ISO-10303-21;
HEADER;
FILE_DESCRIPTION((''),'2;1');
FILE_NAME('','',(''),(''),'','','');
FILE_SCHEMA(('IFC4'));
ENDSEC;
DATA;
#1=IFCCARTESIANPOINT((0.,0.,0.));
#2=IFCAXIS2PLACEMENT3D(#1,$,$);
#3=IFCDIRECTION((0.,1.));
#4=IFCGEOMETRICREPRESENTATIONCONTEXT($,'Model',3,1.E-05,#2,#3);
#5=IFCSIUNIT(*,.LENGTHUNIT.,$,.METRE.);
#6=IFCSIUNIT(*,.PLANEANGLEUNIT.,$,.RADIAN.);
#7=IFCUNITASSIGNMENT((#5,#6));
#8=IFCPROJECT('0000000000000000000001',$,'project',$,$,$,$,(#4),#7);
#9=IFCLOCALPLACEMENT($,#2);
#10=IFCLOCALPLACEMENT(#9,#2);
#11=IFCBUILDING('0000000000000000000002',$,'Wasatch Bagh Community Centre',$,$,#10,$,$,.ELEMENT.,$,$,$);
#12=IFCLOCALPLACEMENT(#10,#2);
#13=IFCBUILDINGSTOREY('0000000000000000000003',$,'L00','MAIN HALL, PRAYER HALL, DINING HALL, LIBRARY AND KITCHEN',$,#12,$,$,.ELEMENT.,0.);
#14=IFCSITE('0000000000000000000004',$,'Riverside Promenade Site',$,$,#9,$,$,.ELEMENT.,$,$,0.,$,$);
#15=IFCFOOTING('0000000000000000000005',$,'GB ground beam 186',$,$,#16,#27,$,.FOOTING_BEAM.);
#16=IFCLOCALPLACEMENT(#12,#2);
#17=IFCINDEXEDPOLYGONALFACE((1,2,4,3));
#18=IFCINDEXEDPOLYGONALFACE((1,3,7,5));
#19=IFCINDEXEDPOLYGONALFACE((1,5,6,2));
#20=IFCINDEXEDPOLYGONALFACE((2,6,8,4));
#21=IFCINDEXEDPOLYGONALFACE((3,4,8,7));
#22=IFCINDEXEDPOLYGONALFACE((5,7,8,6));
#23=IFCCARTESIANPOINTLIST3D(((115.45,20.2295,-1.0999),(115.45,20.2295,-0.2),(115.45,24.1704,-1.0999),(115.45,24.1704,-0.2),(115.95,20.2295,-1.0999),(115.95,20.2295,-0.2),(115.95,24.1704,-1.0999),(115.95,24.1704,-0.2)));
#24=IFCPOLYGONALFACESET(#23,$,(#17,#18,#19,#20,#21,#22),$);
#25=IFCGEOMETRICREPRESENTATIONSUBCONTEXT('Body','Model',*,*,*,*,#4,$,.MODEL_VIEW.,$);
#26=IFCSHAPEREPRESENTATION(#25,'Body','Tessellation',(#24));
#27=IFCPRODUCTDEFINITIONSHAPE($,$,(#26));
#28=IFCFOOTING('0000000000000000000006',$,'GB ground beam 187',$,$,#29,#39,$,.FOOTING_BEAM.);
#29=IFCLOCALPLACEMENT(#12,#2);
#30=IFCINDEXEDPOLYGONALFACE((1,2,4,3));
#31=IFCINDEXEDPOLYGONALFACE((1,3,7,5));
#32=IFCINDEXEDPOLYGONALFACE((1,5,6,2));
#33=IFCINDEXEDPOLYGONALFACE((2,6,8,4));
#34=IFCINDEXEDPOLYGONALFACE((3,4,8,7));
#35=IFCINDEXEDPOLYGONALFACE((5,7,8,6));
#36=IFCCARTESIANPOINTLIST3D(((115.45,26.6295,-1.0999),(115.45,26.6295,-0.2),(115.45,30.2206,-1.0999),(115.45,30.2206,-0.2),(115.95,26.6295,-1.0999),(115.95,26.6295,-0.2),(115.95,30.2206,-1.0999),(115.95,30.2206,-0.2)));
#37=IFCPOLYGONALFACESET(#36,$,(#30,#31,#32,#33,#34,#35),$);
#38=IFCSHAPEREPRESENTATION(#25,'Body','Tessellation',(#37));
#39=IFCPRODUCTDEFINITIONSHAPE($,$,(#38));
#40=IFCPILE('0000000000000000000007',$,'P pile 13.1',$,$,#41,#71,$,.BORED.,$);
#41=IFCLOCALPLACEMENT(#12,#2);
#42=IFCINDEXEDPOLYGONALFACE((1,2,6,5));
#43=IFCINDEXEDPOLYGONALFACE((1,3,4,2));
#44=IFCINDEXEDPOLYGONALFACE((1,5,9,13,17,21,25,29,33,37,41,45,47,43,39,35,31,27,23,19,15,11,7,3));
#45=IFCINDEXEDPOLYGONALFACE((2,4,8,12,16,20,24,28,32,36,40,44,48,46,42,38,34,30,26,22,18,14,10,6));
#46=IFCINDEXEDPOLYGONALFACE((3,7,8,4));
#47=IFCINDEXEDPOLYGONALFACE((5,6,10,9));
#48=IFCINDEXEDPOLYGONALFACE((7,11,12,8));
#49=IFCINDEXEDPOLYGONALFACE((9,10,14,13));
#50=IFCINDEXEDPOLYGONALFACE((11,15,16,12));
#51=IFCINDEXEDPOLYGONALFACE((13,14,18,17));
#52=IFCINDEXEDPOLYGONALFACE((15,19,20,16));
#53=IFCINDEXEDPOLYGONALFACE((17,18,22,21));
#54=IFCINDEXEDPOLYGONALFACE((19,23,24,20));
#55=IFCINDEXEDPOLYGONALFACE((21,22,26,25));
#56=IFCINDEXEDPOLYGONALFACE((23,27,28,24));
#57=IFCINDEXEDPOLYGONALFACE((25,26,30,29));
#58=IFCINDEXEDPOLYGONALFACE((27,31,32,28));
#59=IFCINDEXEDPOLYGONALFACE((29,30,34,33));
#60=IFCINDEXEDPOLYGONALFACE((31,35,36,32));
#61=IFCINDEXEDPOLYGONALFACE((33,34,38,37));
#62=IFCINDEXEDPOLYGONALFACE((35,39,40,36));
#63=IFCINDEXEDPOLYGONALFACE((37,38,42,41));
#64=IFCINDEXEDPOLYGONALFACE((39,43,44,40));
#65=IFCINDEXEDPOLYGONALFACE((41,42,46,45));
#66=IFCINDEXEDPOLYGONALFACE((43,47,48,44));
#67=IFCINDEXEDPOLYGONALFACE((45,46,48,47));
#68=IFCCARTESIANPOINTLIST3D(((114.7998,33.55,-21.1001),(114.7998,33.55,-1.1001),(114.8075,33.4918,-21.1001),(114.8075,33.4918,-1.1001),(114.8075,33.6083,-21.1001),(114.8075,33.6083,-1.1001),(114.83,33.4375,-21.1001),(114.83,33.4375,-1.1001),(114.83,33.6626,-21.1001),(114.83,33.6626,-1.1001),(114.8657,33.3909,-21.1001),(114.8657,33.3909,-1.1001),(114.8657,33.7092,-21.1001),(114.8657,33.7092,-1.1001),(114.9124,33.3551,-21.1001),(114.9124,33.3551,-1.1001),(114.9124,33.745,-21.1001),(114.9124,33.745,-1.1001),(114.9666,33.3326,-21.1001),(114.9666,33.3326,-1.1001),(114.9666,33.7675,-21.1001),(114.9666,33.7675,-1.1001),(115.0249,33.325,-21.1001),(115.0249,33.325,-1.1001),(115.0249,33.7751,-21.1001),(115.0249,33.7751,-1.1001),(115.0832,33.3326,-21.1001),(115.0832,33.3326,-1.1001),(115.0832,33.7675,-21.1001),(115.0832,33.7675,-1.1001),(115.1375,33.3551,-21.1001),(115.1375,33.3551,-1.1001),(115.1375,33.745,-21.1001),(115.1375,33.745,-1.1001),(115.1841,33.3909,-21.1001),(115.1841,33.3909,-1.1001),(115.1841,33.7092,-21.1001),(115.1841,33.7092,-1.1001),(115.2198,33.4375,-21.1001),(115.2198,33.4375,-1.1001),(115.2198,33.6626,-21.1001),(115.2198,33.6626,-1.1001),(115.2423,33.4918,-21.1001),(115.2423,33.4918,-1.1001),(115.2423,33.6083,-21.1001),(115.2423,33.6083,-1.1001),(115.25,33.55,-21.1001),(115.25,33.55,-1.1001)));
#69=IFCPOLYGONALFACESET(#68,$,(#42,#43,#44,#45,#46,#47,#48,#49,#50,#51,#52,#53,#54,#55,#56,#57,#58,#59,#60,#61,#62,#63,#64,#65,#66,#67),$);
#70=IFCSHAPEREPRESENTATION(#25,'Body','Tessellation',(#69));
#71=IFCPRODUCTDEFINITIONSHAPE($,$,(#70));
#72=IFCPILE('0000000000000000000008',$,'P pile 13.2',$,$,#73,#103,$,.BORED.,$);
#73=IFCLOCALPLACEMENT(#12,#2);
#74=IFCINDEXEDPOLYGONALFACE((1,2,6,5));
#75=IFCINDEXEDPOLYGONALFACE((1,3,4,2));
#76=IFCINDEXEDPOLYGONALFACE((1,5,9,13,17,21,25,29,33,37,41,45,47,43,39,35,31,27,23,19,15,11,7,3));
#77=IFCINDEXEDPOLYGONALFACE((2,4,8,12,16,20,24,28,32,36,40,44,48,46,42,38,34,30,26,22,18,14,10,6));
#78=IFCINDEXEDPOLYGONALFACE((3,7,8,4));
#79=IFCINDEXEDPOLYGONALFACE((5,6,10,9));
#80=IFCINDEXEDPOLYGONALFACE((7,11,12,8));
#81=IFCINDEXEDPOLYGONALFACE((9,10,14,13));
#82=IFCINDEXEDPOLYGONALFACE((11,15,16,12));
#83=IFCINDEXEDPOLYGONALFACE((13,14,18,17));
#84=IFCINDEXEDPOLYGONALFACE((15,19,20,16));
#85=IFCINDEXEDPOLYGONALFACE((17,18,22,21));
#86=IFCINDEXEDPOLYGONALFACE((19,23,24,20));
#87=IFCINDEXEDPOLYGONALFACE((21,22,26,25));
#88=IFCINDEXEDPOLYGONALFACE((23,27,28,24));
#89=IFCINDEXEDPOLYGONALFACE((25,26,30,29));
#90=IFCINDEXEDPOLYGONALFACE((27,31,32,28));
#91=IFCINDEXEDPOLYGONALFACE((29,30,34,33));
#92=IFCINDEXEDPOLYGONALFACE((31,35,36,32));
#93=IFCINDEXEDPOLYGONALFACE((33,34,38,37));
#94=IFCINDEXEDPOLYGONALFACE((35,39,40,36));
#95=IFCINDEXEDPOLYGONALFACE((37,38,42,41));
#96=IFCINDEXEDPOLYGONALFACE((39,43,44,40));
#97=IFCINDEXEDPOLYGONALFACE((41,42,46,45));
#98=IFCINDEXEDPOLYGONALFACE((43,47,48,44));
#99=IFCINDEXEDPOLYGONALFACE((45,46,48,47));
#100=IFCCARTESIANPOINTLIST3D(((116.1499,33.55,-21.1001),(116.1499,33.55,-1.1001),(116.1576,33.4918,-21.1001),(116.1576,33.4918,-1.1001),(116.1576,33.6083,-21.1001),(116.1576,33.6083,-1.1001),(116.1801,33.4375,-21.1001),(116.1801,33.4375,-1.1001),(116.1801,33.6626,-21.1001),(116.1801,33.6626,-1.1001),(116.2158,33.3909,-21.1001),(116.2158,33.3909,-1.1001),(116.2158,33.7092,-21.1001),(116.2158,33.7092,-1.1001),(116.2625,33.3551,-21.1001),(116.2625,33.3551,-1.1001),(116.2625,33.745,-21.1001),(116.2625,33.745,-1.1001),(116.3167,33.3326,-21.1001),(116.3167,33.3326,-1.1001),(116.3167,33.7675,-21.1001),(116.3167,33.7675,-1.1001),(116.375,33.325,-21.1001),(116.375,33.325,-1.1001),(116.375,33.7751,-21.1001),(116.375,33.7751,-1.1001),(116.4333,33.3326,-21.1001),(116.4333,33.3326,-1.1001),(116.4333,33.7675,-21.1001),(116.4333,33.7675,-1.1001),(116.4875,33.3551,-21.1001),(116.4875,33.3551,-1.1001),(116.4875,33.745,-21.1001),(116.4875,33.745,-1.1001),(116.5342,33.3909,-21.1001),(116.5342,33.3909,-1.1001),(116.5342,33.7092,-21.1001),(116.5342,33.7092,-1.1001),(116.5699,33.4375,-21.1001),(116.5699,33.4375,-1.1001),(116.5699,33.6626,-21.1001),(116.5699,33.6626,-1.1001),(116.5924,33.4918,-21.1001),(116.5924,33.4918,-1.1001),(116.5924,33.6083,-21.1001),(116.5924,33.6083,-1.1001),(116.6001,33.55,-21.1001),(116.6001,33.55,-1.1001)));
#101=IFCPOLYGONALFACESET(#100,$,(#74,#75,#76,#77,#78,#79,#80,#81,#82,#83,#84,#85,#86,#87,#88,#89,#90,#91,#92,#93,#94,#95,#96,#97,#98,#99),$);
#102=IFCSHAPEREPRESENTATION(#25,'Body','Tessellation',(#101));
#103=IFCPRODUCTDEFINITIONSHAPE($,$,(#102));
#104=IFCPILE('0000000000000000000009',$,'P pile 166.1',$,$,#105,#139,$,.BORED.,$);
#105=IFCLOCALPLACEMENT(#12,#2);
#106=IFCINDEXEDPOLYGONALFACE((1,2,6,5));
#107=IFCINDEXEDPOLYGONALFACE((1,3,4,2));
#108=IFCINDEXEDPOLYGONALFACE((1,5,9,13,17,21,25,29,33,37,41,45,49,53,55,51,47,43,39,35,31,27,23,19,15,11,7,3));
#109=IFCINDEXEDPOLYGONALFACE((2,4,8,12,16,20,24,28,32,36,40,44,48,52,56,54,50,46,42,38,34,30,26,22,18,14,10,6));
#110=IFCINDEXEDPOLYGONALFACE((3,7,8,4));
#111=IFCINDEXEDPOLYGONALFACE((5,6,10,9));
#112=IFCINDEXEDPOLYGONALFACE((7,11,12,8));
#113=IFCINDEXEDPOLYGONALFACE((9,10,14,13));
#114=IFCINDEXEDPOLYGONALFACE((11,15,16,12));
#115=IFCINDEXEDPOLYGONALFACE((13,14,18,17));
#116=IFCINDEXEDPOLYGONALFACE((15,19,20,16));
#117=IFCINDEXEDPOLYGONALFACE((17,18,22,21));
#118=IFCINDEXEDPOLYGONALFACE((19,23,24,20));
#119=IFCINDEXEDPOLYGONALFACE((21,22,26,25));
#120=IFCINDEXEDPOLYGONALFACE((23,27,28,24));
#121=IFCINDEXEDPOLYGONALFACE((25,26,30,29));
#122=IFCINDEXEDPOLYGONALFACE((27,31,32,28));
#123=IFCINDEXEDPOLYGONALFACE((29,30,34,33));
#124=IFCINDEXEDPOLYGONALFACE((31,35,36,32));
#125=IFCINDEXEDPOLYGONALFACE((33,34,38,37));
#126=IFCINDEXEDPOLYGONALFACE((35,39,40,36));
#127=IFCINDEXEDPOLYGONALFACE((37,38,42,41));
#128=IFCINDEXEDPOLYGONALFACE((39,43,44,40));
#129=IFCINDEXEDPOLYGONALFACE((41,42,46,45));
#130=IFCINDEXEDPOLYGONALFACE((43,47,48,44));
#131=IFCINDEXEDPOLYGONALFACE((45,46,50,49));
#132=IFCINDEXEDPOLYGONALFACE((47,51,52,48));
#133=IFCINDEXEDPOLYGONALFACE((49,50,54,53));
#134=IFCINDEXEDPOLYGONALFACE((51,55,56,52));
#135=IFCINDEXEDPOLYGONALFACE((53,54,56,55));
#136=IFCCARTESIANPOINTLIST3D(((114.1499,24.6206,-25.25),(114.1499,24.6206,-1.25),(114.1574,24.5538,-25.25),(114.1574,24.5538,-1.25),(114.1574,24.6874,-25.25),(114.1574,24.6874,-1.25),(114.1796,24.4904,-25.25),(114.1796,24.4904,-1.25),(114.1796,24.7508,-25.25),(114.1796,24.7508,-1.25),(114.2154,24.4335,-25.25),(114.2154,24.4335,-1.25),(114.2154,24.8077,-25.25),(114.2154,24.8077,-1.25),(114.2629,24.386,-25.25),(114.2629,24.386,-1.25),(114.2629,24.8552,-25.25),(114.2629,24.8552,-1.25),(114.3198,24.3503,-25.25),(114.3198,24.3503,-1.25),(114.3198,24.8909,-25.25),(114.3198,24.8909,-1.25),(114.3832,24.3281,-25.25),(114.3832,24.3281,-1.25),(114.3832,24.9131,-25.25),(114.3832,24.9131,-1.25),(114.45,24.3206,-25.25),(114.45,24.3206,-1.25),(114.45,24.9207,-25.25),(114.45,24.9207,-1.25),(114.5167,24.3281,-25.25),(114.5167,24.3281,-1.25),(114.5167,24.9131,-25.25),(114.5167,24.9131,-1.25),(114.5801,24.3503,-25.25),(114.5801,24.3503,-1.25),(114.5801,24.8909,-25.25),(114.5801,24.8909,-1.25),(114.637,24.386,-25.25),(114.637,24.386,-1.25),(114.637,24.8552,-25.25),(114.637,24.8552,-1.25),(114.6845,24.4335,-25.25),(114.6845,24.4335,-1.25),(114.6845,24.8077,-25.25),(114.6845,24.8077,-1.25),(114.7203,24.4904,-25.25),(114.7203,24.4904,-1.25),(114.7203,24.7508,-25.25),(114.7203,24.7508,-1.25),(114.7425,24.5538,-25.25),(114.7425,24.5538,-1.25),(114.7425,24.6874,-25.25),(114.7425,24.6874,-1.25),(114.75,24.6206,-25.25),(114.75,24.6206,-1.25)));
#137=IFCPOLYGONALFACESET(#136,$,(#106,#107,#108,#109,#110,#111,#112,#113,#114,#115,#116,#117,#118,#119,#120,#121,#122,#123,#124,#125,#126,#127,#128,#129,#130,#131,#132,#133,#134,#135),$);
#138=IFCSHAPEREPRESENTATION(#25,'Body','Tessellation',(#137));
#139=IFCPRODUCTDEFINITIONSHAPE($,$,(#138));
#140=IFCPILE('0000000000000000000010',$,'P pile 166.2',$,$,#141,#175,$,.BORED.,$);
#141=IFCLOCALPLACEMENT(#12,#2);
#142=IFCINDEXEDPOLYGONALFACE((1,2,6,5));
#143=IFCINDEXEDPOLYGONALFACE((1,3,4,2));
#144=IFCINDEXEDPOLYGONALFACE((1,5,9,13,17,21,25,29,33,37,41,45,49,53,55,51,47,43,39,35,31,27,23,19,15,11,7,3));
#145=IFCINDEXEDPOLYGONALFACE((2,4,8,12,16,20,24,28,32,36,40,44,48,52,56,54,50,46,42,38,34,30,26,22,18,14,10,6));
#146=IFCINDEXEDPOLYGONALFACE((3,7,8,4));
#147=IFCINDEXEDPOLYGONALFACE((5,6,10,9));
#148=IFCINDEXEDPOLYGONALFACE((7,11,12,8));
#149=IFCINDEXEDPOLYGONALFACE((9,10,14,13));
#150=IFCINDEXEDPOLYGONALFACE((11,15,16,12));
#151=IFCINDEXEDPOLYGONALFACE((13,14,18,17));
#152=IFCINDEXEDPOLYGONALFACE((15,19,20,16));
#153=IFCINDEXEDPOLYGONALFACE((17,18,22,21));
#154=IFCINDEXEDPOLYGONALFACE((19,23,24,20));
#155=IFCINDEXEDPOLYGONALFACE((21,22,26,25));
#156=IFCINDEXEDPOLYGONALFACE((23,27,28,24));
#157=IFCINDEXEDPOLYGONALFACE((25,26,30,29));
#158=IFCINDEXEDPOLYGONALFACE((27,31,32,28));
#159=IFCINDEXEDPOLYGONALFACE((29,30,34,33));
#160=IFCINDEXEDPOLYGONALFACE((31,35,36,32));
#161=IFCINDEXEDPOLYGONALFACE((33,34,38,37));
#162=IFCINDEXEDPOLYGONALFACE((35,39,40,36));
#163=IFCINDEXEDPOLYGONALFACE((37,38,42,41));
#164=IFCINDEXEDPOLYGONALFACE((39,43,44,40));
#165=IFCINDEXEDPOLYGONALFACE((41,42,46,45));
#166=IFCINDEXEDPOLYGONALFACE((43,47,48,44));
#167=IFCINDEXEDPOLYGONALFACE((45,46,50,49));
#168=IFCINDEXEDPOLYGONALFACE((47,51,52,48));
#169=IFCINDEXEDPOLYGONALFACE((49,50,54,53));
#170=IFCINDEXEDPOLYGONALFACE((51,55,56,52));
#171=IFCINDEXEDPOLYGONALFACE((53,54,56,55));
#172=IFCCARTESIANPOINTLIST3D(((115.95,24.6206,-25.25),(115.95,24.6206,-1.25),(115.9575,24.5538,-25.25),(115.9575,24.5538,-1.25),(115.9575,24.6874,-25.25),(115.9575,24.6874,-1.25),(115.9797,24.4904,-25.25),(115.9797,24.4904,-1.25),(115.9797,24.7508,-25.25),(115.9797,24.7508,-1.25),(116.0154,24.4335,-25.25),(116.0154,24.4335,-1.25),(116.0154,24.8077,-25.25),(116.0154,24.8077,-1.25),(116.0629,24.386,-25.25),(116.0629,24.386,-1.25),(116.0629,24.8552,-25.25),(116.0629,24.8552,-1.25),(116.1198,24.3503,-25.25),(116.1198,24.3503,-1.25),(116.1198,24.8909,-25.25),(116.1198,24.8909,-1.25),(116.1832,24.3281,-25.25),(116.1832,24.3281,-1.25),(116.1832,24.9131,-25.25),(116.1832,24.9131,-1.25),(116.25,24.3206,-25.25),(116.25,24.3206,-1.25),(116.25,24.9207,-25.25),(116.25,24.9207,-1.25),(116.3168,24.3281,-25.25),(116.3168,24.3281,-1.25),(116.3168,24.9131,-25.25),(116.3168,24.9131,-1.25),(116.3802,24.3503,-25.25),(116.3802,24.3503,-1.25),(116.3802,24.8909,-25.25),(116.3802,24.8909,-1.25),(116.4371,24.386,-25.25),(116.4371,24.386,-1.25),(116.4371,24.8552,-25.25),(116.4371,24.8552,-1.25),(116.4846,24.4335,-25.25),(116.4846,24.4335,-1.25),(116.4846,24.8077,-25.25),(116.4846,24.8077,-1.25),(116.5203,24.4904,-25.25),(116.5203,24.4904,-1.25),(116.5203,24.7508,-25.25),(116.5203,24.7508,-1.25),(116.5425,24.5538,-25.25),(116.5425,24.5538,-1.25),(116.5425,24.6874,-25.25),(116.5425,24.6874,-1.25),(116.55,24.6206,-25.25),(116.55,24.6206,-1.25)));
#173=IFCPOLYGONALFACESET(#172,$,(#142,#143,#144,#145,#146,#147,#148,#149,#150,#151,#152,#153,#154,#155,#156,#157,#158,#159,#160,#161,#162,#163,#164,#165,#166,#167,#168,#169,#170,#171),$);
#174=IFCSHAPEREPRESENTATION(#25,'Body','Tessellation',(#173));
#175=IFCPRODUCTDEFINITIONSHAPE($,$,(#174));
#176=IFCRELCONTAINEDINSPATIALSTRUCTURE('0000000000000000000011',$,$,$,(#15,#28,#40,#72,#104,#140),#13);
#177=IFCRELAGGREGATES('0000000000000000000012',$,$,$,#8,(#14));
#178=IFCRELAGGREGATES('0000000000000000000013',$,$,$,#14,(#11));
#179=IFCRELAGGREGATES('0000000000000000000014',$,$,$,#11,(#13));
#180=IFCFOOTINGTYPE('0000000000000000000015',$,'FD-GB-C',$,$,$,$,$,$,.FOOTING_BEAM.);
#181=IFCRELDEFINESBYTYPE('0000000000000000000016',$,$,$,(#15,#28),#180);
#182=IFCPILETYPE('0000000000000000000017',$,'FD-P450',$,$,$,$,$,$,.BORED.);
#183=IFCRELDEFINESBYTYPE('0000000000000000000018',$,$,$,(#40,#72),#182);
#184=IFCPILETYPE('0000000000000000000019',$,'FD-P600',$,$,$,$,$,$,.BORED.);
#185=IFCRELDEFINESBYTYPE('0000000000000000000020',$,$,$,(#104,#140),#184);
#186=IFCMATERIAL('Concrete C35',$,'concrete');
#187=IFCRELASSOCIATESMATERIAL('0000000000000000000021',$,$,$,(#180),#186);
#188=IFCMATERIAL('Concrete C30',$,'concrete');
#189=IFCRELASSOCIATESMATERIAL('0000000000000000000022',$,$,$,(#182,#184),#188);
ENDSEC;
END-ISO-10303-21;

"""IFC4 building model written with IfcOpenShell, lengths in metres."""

from ifc_helpers import new_model, si_unit, direction, frame, origin, origin_2d, place, context, subcontext, project, spatial, rectangle, circle, extrude, material, material_profile, profile_set, type_object, element, save


model = new_model("IFC4")

# Units and contexts
model_context = context("Model", 3, precision=1e-05, world=origin(), true_north=direction((0.0, 1.0)))
body_context = subcontext(model_context, "Body", "Model", "MODEL_VIEW")
ifc_project = project(units=[si_unit("LENGTHUNIT", "METRE"), si_unit("PLANEANGLEUNIT", "RADIAN")], contexts=[model_context])

# Site, building, storey
site_placement = place(None, origin())
site = spatial("IfcSite", under=ifc_project, at=site_placement, Name="Riverside Promenade Site", CompositionType="ELEMENT", RefElevation=0.0)
building_placement = place(site_placement, origin())
building = spatial("IfcBuilding", under=site, at=building_placement, Name="Wasatch Bagh Community Centre", CompositionType="ELEMENT")
storey_placement = place(building_placement, origin())
storey = spatial("IfcBuildingStorey", under=building, at=storey_placement, Name="L00", Description="MAIN HALL, PRAYER HALL, DINING HALL, LIBRARY AND KITCHEN", CompositionType="ELEMENT", Elevation=0.0)

# Footings
ifc_material_1 = material(Name="Concrete C35", Category="concrete")
footing_type_1 = type_object("IfcFootingType", Name="FD-GB-C", PredefinedType="FOOTING_BEAM", material=ifc_material_1)
footing_1_placement = place(storey_placement, frame((115.7, 22.2, -1.0999), z_axis=(0.0, 0.0, 1.0), x_axis=(0.0, 1.0, 0.0)))
element("IfcFooting", 1, at=footing_1_placement, inside=storey, type_object=footing_type_1, Name="GB ground beam 186", PredefinedType="FOOTING_BEAM", context=body_context, shape_type="SweptSolid", body=[
    extrude(rectangle(XDim=3.9409, YDim=0.5, at=origin_2d()), origin(), (0.0, 0.0, 1.0), 0.8999),
])
footing_2_placement = place(storey_placement, frame((115.7, 28.425, -1.0999), z_axis=(0.0, 0.0, 1.0), x_axis=(0.0, 1.0, 0.0)))
element("IfcFooting", 2, at=footing_2_placement, inside=storey, type_object=footing_type_1, Name="GB ground beam 187", PredefinedType="FOOTING_BEAM", context=body_context, shape_type="SweptSolid", body=[
    extrude(rectangle(XDim=3.5911, YDim=0.5, at=origin_2d()), origin(), (0.0, 0.0, 1.0), 0.8999),
])

# Piles
ifc_material_2 = material(Name="Concrete C30", Category="concrete")
ifc_material_profile_1 = material_profile(ifc_material_2, circle(Radius=0.2251, at=origin_2d()), Name="RC D450")
ifc_profile_set_1 = profile_set([ifc_material_profile_1], Name="Concrete C30")
pile_type_1 = type_object("IfcPileType", Name="FD-P450", PredefinedType="BORED", material=ifc_profile_set_1)
for number, where, z_axis, x_axis, name in (
    (3, (115.0249, 33.55, -1.1001), (0.0, 0.0, -1.0), (1.0, 0.0, 0.0), "P pile 13.1"),
    (4, (116.375, 33.55, -1.1001), (0.0, 0.0, -1.0), (1.0, 0.0, 0.0), "P pile 13.2"),
):
    element("IfcPile", number, at=place(storey_placement, frame(where, z_axis=z_axis, x_axis=x_axis)), inside=storey, type_object=pile_type_1, Name=name, PredefinedType="BORED", context=body_context, shape_type="SweptSolid", body=[
        extrude(circle(Radius=0.2251, at=origin_2d()), origin(), (0.0, 0.0, 1.0), 20.0),
    ])
ifc_material_profile_2 = material_profile(ifc_material_2, circle(Radius=0.3, at=origin_2d()), Name="RC D600")
ifc_profile_set_2 = profile_set([ifc_material_profile_2], Name="Concrete C30")
pile_type_2 = type_object("IfcPileType", Name="FD-P600", PredefinedType="BORED", material=ifc_profile_set_2)
for number, where, z_axis, x_axis, name in (
    (5, (114.45, 24.6206, -1.25), (0.0, 0.0, -1.0), (1.0, 0.0, 0.0), "P pile 166.1"),
    (6, (116.25, 24.6206, -1.25), (0.0, 0.0, -1.0), (1.0, 0.0, 0.0), "P pile 166.2"),
):
    element("IfcPile", number, at=place(storey_placement, frame(where, z_axis=z_axis, x_axis=x_axis)), inside=storey, type_object=pile_type_2, Name=name, PredefinedType="BORED", context=body_context, shape_type="SweptSolid", body=[
        extrude(circle(Radius=0.3, at=origin_2d()), origin(), (0.0, 0.0, 1.0), 24.0),
    ])

save(model, "model.ifc")
